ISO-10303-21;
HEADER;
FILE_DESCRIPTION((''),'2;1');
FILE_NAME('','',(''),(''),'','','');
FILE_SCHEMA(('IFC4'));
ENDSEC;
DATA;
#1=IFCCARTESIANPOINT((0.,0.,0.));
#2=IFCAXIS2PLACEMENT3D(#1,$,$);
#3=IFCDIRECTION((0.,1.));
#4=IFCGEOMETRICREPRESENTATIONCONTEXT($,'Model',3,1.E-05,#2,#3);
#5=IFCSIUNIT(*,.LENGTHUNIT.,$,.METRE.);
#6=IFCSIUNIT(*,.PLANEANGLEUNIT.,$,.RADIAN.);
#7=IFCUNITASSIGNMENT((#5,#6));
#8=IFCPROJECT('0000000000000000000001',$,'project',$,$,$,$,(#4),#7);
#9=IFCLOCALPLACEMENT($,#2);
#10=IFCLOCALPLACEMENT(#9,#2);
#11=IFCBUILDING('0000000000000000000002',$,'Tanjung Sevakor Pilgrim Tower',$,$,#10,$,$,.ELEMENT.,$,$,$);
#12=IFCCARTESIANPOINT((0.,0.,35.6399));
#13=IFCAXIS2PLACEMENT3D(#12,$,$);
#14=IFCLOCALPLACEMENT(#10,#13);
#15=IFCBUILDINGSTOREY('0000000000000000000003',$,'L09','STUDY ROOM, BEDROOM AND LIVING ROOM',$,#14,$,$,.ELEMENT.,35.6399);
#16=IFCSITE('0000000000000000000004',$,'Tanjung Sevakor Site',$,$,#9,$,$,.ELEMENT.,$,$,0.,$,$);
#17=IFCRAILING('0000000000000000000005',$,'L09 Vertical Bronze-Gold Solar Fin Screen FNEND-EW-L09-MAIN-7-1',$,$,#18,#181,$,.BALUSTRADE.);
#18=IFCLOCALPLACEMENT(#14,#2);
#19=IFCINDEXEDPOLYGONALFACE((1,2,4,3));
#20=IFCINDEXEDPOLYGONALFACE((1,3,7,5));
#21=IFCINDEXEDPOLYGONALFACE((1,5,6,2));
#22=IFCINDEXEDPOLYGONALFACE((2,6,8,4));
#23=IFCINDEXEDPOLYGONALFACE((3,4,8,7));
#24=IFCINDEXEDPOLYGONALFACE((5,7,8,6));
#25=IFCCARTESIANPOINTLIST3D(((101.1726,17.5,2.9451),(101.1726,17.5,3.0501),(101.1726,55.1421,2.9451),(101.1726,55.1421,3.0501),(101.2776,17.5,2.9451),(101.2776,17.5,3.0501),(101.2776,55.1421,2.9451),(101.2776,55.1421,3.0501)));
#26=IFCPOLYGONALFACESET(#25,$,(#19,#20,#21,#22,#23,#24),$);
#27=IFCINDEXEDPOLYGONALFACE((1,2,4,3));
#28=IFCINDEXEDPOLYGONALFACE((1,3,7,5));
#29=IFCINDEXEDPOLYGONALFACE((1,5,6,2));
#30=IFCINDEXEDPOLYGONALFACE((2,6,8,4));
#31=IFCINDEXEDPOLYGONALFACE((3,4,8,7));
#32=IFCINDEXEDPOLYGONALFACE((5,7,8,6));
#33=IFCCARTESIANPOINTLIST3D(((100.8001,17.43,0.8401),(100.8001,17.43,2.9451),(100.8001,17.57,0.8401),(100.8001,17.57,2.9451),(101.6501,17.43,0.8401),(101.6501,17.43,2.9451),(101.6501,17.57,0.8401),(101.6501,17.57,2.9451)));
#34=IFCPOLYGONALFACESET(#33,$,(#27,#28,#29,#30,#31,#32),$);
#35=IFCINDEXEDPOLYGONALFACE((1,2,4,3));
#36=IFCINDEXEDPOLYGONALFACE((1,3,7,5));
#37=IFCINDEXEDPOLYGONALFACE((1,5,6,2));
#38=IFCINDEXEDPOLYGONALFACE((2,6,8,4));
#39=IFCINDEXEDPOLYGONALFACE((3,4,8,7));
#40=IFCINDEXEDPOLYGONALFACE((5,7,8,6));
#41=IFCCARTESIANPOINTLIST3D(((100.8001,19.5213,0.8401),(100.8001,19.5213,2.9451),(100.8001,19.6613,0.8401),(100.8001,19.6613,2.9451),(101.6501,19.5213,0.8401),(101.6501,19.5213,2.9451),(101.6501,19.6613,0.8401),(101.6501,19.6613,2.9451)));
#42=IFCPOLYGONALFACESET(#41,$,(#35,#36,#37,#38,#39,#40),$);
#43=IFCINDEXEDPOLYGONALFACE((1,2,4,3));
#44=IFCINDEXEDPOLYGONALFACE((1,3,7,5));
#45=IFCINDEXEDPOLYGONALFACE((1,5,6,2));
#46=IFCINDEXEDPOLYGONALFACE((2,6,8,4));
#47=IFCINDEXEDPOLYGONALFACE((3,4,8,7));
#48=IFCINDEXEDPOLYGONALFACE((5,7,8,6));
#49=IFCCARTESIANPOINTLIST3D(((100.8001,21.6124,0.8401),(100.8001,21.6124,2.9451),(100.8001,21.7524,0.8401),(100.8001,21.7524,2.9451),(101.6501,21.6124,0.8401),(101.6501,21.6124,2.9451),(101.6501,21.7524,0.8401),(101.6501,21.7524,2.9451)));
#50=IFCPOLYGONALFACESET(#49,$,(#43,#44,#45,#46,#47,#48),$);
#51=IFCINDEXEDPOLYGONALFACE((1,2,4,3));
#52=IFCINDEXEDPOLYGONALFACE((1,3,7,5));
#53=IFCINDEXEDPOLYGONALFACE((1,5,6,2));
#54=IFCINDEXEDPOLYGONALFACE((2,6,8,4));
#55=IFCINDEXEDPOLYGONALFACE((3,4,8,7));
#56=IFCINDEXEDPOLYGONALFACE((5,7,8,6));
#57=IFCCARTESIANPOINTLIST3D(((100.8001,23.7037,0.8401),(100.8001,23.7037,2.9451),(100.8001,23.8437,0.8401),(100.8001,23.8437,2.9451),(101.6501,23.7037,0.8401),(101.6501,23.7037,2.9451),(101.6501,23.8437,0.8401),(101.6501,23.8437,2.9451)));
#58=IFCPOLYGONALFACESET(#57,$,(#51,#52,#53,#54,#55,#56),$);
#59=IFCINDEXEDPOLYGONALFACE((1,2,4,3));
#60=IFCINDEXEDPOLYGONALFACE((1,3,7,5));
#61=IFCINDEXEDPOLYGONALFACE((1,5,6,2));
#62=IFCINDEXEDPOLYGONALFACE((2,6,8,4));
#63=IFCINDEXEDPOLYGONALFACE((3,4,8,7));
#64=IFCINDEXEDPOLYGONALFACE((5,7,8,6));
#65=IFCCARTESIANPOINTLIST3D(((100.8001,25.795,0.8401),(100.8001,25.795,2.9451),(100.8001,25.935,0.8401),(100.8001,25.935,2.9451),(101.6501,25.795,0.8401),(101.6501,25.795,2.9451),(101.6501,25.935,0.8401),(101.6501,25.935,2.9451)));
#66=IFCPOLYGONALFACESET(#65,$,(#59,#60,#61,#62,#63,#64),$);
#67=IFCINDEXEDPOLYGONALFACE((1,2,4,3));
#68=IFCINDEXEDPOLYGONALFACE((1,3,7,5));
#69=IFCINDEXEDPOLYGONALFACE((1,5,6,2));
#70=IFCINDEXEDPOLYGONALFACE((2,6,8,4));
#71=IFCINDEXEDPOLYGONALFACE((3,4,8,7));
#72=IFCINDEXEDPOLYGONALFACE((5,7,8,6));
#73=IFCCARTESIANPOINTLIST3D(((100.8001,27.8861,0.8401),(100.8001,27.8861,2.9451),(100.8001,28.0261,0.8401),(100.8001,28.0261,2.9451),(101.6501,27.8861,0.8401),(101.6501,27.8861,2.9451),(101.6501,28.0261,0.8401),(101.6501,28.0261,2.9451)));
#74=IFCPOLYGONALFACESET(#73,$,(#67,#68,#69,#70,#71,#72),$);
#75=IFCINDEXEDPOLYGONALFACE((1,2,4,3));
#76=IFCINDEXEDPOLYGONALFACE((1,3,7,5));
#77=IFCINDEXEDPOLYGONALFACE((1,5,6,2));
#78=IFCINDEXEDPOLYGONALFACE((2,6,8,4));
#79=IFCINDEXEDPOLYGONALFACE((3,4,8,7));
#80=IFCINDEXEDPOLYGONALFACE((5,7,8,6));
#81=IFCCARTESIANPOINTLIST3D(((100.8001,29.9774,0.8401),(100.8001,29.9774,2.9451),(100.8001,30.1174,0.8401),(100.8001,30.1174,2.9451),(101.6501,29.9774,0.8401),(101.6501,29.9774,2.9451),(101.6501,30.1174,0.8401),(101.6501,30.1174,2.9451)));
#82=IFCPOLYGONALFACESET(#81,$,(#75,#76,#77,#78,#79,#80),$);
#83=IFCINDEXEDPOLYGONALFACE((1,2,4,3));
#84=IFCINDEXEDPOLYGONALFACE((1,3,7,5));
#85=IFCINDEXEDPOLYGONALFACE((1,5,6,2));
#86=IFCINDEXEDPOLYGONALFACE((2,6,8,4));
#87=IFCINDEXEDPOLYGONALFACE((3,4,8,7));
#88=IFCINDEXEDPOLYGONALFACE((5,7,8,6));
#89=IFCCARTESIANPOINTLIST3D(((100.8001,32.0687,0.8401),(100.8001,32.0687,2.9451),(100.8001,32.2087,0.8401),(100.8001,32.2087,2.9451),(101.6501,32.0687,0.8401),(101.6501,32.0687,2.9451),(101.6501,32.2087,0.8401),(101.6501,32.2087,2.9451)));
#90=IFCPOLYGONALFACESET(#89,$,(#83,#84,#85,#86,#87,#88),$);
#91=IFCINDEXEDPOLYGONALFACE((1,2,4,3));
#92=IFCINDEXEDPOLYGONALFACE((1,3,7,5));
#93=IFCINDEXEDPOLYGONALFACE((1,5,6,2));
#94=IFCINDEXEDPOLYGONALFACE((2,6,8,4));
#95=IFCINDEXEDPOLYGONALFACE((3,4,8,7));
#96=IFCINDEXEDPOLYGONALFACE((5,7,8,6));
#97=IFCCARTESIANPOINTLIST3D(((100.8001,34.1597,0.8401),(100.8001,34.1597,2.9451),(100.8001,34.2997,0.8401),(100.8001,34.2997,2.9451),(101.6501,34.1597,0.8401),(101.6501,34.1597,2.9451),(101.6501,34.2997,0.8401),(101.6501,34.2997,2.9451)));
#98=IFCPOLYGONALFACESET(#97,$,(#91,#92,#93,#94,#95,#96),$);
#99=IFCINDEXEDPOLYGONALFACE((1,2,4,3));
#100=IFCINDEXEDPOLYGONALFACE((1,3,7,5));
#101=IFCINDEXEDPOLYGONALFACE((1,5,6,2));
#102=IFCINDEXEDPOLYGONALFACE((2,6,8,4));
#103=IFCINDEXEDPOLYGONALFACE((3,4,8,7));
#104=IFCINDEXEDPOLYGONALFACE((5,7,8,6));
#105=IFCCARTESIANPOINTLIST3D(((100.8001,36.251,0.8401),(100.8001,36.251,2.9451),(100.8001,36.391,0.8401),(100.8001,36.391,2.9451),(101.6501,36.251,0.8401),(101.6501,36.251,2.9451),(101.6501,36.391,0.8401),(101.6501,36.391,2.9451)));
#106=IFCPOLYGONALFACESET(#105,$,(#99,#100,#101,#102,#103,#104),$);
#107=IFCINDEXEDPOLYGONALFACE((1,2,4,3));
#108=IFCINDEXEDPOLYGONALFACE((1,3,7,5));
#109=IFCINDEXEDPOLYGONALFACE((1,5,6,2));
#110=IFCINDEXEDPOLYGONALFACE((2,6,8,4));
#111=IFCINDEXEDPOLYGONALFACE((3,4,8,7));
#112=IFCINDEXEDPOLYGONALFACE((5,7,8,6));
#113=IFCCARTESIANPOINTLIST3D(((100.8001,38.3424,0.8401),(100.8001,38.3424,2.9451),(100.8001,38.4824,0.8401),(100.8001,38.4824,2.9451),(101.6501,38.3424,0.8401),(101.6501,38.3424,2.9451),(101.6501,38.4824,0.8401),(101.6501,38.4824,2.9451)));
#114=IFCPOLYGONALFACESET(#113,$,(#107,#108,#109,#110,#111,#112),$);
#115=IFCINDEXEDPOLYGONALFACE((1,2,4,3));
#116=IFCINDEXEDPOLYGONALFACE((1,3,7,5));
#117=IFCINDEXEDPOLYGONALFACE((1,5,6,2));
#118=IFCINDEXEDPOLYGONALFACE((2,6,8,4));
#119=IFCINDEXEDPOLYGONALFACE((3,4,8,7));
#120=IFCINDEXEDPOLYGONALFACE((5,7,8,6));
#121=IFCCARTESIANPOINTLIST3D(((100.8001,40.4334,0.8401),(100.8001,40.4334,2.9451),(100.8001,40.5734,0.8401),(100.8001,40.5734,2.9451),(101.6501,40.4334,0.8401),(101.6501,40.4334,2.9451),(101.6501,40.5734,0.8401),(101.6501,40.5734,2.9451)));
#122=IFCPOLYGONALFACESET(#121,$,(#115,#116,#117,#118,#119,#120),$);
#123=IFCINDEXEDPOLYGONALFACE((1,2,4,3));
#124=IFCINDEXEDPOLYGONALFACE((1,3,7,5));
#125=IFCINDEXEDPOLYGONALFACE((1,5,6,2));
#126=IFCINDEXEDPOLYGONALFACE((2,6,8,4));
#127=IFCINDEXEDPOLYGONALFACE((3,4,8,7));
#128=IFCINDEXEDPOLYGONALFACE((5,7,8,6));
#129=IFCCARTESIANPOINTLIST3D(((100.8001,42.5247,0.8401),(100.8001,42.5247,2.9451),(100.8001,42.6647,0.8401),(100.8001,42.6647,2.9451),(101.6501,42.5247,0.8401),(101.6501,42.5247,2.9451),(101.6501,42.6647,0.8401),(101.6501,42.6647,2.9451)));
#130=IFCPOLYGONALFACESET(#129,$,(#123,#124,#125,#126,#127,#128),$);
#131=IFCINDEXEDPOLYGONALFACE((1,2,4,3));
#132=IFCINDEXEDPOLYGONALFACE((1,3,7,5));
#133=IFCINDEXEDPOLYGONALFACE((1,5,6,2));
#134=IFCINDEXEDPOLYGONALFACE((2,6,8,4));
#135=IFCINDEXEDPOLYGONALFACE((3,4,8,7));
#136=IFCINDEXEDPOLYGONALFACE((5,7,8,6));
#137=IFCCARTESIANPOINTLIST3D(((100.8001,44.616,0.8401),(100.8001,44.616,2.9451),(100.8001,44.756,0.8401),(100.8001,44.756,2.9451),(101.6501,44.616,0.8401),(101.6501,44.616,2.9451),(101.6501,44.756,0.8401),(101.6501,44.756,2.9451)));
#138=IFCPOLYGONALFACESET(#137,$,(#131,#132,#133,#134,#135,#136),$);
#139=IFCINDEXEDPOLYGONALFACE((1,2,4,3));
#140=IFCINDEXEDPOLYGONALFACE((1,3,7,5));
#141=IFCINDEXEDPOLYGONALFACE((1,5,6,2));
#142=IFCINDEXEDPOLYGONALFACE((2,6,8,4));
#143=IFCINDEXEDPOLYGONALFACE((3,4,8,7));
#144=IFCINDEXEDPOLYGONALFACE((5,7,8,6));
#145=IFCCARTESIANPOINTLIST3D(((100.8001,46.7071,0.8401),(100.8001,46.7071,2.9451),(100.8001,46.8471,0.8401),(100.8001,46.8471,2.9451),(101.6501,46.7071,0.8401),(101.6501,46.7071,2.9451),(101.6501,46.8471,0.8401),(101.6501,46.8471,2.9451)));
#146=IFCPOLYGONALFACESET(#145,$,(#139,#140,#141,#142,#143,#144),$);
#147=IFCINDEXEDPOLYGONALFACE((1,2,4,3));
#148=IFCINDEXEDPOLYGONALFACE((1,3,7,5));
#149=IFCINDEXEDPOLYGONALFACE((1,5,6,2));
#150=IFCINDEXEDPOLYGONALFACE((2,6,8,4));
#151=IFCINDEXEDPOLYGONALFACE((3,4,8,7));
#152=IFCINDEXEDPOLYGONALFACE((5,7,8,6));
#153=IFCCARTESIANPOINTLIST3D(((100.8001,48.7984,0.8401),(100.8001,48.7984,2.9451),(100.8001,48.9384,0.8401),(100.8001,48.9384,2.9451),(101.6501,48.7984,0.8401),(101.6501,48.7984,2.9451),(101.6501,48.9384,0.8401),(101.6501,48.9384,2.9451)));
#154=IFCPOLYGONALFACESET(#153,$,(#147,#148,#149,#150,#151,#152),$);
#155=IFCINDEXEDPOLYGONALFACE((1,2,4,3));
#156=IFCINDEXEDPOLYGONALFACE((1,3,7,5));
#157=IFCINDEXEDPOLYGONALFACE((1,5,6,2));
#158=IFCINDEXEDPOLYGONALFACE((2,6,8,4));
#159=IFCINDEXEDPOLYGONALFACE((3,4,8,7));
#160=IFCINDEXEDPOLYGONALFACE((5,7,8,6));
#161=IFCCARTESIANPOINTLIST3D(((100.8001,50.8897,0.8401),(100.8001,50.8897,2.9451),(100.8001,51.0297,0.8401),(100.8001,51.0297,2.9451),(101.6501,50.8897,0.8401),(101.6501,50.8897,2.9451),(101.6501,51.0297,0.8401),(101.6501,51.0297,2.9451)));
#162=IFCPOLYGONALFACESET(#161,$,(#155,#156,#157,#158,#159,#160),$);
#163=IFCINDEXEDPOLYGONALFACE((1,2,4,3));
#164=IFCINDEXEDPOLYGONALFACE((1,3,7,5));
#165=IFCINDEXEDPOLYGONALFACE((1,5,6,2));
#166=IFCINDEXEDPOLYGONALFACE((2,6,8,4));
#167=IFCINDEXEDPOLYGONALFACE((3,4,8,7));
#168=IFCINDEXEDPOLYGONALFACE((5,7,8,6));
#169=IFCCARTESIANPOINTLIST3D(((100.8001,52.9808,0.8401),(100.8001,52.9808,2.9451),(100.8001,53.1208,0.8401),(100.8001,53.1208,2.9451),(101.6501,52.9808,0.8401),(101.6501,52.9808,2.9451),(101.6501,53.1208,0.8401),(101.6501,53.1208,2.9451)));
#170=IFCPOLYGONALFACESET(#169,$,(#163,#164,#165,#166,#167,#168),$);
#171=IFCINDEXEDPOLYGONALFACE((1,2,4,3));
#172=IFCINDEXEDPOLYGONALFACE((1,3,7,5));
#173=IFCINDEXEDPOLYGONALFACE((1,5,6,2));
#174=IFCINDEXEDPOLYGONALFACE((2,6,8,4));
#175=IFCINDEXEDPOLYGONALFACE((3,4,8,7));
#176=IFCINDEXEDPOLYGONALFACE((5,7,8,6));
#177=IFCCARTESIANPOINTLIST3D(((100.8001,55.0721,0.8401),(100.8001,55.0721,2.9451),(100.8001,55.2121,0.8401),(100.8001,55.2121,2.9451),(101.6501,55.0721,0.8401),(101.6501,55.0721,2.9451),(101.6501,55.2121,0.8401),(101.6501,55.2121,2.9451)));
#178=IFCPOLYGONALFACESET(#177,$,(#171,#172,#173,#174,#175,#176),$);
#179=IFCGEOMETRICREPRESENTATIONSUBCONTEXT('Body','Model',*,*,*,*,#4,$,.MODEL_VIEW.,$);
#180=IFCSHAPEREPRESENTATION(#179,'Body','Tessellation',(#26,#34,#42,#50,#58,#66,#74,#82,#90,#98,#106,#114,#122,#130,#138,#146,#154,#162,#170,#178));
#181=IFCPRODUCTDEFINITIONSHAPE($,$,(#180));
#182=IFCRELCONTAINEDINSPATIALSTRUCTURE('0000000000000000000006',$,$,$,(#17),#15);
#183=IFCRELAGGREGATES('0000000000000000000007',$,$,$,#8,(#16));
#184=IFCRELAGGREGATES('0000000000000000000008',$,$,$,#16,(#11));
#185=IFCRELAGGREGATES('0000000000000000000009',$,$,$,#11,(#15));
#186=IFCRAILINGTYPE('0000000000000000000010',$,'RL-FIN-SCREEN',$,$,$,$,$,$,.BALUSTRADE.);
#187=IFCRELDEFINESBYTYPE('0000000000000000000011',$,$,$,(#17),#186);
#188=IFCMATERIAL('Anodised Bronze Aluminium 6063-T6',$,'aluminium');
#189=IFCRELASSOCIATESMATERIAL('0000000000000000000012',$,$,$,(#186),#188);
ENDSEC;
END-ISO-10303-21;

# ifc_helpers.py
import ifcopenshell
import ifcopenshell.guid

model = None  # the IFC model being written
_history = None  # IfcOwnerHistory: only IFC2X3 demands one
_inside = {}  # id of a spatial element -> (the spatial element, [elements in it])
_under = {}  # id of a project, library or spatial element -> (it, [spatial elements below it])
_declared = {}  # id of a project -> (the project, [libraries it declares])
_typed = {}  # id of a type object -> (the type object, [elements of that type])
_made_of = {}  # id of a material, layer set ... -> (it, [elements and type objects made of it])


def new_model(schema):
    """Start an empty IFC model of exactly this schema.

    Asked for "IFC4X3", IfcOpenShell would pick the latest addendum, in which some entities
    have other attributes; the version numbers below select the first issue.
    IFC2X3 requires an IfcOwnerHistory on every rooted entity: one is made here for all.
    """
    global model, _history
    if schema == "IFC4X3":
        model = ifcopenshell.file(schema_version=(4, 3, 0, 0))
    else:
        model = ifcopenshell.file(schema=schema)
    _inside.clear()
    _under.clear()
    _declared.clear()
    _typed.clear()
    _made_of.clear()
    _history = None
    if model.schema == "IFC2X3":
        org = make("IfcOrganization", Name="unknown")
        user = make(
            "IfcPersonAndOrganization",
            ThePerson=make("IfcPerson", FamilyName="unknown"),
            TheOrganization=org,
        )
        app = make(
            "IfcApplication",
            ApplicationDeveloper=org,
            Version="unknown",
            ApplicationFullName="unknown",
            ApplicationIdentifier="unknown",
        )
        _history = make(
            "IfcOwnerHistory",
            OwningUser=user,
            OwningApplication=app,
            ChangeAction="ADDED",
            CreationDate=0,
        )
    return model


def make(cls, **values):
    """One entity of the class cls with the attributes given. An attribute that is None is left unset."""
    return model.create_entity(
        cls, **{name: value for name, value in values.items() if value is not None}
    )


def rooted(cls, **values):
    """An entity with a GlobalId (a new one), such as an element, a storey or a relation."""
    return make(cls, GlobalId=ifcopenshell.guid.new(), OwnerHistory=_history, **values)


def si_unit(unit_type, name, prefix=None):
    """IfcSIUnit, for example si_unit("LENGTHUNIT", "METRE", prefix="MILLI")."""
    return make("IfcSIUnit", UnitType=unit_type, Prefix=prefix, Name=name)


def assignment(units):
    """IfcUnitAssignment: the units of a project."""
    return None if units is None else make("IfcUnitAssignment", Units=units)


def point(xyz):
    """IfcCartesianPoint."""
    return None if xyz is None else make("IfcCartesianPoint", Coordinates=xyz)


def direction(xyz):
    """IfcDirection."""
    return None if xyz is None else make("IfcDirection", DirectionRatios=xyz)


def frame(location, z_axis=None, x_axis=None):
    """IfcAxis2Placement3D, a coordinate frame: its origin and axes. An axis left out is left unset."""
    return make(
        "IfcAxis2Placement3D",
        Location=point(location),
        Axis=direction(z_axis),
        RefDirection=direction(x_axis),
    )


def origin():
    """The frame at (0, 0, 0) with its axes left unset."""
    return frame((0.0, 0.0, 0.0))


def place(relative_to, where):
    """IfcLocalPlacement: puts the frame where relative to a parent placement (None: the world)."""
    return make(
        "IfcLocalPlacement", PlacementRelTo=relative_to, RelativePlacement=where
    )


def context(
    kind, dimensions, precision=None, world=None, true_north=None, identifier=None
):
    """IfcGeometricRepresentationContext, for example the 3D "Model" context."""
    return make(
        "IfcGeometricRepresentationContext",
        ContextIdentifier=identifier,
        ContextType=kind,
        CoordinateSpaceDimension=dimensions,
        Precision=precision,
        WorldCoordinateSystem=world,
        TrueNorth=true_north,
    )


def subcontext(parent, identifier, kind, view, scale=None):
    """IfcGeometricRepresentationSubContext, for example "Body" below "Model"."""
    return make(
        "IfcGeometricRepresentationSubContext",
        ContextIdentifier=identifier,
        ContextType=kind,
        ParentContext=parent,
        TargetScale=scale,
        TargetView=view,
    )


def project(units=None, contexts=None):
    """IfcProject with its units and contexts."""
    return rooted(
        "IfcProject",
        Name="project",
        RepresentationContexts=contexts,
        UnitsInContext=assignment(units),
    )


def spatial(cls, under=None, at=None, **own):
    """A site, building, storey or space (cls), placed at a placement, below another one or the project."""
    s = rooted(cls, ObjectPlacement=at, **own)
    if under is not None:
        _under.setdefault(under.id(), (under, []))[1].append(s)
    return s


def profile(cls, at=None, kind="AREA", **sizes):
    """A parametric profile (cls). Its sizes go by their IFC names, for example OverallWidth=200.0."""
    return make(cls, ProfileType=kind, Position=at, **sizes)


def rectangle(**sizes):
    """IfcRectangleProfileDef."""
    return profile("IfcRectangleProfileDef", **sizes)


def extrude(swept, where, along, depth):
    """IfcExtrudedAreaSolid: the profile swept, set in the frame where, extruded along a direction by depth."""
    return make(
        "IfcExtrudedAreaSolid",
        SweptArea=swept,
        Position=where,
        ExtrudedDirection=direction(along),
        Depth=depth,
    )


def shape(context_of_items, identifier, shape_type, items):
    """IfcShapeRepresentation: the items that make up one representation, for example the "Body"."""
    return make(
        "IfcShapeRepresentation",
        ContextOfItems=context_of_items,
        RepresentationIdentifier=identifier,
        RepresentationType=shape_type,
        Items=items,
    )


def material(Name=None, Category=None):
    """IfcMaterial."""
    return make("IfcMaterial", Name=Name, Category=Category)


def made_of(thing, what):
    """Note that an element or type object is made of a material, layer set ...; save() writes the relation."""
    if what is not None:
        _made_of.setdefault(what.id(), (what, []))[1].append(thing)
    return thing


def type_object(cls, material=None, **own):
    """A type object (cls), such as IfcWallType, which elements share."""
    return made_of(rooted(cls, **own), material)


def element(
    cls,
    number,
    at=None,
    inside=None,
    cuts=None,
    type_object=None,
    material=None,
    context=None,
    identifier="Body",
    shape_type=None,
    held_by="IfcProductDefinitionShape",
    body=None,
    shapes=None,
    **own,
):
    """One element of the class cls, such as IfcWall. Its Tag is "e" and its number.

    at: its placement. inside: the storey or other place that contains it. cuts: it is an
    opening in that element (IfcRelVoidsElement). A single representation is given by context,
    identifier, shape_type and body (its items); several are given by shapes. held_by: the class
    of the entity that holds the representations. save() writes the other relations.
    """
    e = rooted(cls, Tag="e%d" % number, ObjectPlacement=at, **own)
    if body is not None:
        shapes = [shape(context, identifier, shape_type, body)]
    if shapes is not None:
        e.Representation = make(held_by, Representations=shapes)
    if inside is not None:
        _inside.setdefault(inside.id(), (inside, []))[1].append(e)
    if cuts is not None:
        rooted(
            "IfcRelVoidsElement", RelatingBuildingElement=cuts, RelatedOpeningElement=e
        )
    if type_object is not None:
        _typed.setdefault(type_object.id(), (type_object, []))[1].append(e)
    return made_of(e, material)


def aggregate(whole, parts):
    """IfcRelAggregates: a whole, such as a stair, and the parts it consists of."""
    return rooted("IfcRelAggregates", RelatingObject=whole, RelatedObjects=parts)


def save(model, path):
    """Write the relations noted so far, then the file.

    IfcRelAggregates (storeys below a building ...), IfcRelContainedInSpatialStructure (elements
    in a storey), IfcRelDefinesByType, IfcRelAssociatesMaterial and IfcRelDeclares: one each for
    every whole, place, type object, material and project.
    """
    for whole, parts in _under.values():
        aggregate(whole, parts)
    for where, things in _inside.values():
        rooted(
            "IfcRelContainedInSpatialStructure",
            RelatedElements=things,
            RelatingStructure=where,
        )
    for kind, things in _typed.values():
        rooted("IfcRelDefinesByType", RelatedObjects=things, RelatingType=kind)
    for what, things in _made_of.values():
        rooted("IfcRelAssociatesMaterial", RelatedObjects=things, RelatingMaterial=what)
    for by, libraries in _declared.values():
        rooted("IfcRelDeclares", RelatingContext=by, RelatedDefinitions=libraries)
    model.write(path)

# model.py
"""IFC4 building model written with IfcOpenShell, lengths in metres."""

from ifc_helpers import new_model, si_unit, direction, frame, origin, place, context, subcontext, project, spatial, rectangle, extrude, material, type_object, element, save


model = new_model("IFC4")

# Units and contexts
model_context = context("Model", 3, precision=1e-05, world=origin(), true_north=direction((0.0, 1.0)))
body_context = subcontext(model_context, "Body", "Model", "MODEL_VIEW")
ifc_project = project(units=[si_unit("LENGTHUNIT", "METRE"), si_unit("PLANEANGLEUNIT", "RADIAN")], contexts=[model_context])

# Site, building, storey
site_placement = place(None, origin())
site = spatial("IfcSite", under=ifc_project, at=site_placement, Name="Tanjung Sevakor Site", CompositionType="ELEMENT", RefElevation=0.0)
building_placement = place(site_placement, origin())
building = spatial("IfcBuilding", under=site, at=building_placement, Name="Tanjung Sevakor Pilgrim Tower", CompositionType="ELEMENT")
storey_placement = place(building_placement, frame((0.0, 0.0, 35.6399)))
storey = spatial("IfcBuildingStorey", under=building, at=storey_placement, Name="L09", Description="STUDY ROOM, BEDROOM AND LIVING ROOM", CompositionType="ELEMENT", Elevation=35.6399)

# Railing
ifc_material_1 = material(Name="Anodised Bronze Aluminium 6063-T6", Category="aluminium")
railing_type = type_object("IfcRailingType", Name="RL-FIN-SCREEN", PredefinedType="BALUSTRADE", material=ifc_material_1)
railing_placement = place(storey_placement, frame((101.2251, 17.5, 0.8401)))
element("IfcRailing", 1, at=railing_placement, inside=storey, type_object=railing_type, Name="L09 Vertical Bronze-Gold Solar Fin Screen FNEND-EW-L09-MAIN-7-1", PredefinedType="BALUSTRADE", context=body_context, shape_type="SweptSolid", body=[
    extrude(rectangle(XDim=0.105, YDim=0.105), frame((0.0, 0.0, 2.1575), z_axis=(0.0, 1.0, 0.0), x_axis=(-1.0, 0.0, 0.0)), (0.0, 0.0, 1.0), 37.6421),
    extrude(rectangle(XDim=0.85, YDim=0.14), origin(), (0.0, 0.0, 1.0), 2.105),
    extrude(rectangle(XDim=0.85, YDim=0.14), frame((0.0, 2.0913, 0.0)), (0.0, 0.0, 1.0), 2.105),
    extrude(rectangle(XDim=0.85, YDim=0.14), frame((0.0, 4.1824, 0.0)), (0.0, 0.0, 1.0), 2.105),
    extrude(rectangle(XDim=0.85, YDim=0.14), frame((0.0, 6.2737, 0.0)), (0.0, 0.0, 1.0), 2.105),
    extrude(rectangle(XDim=0.85, YDim=0.14), frame((0.0, 8.365, 0.0)), (0.0, 0.0, 1.0), 2.105),
    extrude(rectangle(XDim=0.85, YDim=0.14), frame((0.0, 10.4561, 0.0)), (0.0, 0.0, 1.0), 2.105),
    extrude(rectangle(XDim=0.85, YDim=0.14), frame((0.0, 12.5474, 0.0)), (0.0, 0.0, 1.0), 2.105),
    extrude(rectangle(XDim=0.85, YDim=0.14), frame((0.0, 14.6387, 0.0)), (0.0, 0.0, 1.0), 2.105),
    extrude(rectangle(XDim=0.85, YDim=0.14), frame((0.0, 16.7297, 0.0)), (0.0, 0.0, 1.0), 2.105),
    extrude(rectangle(XDim=0.85, YDim=0.14), frame((0.0, 18.821, 0.0)), (0.0, 0.0, 1.0), 2.105),
    extrude(rectangle(XDim=0.85, YDim=0.14), frame((0.0, 20.9124, 0.0)), (0.0, 0.0, 1.0), 2.105),
    extrude(rectangle(XDim=0.85, YDim=0.14), frame((0.0, 23.0034, 0.0)), (0.0, 0.0, 1.0), 2.105),
    extrude(rectangle(XDim=0.85, YDim=0.14), frame((0.0, 25.0947, 0.0)), (0.0, 0.0, 1.0), 2.105),
    extrude(rectangle(XDim=0.85, YDim=0.14), frame((0.0, 27.186, 0.0)), (0.0, 0.0, 1.0), 2.105),
    extrude(rectangle(XDim=0.85, YDim=0.14), frame((0.0, 29.2771, 0.0)), (0.0, 0.0, 1.0), 2.105),
    extrude(rectangle(XDim=0.85, YDim=0.14), frame((0.0, 31.3684, 0.0)), (0.0, 0.0, 1.0), 2.105),
    extrude(rectangle(XDim=0.85, YDim=0.14), frame((0.0, 33.4597, 0.0)), (0.0, 0.0, 1.0), 2.105),
    extrude(rectangle(XDim=0.85, YDim=0.14), frame((0.0, 35.5508, 0.0)), (0.0, 0.0, 1.0), 2.105),
    extrude(rectangle(XDim=0.85, YDim=0.14), frame((0.0, 37.6421, 0.0)), (0.0, 0.0, 1.0), 2.105),
])

save(model, "model.ifc")
